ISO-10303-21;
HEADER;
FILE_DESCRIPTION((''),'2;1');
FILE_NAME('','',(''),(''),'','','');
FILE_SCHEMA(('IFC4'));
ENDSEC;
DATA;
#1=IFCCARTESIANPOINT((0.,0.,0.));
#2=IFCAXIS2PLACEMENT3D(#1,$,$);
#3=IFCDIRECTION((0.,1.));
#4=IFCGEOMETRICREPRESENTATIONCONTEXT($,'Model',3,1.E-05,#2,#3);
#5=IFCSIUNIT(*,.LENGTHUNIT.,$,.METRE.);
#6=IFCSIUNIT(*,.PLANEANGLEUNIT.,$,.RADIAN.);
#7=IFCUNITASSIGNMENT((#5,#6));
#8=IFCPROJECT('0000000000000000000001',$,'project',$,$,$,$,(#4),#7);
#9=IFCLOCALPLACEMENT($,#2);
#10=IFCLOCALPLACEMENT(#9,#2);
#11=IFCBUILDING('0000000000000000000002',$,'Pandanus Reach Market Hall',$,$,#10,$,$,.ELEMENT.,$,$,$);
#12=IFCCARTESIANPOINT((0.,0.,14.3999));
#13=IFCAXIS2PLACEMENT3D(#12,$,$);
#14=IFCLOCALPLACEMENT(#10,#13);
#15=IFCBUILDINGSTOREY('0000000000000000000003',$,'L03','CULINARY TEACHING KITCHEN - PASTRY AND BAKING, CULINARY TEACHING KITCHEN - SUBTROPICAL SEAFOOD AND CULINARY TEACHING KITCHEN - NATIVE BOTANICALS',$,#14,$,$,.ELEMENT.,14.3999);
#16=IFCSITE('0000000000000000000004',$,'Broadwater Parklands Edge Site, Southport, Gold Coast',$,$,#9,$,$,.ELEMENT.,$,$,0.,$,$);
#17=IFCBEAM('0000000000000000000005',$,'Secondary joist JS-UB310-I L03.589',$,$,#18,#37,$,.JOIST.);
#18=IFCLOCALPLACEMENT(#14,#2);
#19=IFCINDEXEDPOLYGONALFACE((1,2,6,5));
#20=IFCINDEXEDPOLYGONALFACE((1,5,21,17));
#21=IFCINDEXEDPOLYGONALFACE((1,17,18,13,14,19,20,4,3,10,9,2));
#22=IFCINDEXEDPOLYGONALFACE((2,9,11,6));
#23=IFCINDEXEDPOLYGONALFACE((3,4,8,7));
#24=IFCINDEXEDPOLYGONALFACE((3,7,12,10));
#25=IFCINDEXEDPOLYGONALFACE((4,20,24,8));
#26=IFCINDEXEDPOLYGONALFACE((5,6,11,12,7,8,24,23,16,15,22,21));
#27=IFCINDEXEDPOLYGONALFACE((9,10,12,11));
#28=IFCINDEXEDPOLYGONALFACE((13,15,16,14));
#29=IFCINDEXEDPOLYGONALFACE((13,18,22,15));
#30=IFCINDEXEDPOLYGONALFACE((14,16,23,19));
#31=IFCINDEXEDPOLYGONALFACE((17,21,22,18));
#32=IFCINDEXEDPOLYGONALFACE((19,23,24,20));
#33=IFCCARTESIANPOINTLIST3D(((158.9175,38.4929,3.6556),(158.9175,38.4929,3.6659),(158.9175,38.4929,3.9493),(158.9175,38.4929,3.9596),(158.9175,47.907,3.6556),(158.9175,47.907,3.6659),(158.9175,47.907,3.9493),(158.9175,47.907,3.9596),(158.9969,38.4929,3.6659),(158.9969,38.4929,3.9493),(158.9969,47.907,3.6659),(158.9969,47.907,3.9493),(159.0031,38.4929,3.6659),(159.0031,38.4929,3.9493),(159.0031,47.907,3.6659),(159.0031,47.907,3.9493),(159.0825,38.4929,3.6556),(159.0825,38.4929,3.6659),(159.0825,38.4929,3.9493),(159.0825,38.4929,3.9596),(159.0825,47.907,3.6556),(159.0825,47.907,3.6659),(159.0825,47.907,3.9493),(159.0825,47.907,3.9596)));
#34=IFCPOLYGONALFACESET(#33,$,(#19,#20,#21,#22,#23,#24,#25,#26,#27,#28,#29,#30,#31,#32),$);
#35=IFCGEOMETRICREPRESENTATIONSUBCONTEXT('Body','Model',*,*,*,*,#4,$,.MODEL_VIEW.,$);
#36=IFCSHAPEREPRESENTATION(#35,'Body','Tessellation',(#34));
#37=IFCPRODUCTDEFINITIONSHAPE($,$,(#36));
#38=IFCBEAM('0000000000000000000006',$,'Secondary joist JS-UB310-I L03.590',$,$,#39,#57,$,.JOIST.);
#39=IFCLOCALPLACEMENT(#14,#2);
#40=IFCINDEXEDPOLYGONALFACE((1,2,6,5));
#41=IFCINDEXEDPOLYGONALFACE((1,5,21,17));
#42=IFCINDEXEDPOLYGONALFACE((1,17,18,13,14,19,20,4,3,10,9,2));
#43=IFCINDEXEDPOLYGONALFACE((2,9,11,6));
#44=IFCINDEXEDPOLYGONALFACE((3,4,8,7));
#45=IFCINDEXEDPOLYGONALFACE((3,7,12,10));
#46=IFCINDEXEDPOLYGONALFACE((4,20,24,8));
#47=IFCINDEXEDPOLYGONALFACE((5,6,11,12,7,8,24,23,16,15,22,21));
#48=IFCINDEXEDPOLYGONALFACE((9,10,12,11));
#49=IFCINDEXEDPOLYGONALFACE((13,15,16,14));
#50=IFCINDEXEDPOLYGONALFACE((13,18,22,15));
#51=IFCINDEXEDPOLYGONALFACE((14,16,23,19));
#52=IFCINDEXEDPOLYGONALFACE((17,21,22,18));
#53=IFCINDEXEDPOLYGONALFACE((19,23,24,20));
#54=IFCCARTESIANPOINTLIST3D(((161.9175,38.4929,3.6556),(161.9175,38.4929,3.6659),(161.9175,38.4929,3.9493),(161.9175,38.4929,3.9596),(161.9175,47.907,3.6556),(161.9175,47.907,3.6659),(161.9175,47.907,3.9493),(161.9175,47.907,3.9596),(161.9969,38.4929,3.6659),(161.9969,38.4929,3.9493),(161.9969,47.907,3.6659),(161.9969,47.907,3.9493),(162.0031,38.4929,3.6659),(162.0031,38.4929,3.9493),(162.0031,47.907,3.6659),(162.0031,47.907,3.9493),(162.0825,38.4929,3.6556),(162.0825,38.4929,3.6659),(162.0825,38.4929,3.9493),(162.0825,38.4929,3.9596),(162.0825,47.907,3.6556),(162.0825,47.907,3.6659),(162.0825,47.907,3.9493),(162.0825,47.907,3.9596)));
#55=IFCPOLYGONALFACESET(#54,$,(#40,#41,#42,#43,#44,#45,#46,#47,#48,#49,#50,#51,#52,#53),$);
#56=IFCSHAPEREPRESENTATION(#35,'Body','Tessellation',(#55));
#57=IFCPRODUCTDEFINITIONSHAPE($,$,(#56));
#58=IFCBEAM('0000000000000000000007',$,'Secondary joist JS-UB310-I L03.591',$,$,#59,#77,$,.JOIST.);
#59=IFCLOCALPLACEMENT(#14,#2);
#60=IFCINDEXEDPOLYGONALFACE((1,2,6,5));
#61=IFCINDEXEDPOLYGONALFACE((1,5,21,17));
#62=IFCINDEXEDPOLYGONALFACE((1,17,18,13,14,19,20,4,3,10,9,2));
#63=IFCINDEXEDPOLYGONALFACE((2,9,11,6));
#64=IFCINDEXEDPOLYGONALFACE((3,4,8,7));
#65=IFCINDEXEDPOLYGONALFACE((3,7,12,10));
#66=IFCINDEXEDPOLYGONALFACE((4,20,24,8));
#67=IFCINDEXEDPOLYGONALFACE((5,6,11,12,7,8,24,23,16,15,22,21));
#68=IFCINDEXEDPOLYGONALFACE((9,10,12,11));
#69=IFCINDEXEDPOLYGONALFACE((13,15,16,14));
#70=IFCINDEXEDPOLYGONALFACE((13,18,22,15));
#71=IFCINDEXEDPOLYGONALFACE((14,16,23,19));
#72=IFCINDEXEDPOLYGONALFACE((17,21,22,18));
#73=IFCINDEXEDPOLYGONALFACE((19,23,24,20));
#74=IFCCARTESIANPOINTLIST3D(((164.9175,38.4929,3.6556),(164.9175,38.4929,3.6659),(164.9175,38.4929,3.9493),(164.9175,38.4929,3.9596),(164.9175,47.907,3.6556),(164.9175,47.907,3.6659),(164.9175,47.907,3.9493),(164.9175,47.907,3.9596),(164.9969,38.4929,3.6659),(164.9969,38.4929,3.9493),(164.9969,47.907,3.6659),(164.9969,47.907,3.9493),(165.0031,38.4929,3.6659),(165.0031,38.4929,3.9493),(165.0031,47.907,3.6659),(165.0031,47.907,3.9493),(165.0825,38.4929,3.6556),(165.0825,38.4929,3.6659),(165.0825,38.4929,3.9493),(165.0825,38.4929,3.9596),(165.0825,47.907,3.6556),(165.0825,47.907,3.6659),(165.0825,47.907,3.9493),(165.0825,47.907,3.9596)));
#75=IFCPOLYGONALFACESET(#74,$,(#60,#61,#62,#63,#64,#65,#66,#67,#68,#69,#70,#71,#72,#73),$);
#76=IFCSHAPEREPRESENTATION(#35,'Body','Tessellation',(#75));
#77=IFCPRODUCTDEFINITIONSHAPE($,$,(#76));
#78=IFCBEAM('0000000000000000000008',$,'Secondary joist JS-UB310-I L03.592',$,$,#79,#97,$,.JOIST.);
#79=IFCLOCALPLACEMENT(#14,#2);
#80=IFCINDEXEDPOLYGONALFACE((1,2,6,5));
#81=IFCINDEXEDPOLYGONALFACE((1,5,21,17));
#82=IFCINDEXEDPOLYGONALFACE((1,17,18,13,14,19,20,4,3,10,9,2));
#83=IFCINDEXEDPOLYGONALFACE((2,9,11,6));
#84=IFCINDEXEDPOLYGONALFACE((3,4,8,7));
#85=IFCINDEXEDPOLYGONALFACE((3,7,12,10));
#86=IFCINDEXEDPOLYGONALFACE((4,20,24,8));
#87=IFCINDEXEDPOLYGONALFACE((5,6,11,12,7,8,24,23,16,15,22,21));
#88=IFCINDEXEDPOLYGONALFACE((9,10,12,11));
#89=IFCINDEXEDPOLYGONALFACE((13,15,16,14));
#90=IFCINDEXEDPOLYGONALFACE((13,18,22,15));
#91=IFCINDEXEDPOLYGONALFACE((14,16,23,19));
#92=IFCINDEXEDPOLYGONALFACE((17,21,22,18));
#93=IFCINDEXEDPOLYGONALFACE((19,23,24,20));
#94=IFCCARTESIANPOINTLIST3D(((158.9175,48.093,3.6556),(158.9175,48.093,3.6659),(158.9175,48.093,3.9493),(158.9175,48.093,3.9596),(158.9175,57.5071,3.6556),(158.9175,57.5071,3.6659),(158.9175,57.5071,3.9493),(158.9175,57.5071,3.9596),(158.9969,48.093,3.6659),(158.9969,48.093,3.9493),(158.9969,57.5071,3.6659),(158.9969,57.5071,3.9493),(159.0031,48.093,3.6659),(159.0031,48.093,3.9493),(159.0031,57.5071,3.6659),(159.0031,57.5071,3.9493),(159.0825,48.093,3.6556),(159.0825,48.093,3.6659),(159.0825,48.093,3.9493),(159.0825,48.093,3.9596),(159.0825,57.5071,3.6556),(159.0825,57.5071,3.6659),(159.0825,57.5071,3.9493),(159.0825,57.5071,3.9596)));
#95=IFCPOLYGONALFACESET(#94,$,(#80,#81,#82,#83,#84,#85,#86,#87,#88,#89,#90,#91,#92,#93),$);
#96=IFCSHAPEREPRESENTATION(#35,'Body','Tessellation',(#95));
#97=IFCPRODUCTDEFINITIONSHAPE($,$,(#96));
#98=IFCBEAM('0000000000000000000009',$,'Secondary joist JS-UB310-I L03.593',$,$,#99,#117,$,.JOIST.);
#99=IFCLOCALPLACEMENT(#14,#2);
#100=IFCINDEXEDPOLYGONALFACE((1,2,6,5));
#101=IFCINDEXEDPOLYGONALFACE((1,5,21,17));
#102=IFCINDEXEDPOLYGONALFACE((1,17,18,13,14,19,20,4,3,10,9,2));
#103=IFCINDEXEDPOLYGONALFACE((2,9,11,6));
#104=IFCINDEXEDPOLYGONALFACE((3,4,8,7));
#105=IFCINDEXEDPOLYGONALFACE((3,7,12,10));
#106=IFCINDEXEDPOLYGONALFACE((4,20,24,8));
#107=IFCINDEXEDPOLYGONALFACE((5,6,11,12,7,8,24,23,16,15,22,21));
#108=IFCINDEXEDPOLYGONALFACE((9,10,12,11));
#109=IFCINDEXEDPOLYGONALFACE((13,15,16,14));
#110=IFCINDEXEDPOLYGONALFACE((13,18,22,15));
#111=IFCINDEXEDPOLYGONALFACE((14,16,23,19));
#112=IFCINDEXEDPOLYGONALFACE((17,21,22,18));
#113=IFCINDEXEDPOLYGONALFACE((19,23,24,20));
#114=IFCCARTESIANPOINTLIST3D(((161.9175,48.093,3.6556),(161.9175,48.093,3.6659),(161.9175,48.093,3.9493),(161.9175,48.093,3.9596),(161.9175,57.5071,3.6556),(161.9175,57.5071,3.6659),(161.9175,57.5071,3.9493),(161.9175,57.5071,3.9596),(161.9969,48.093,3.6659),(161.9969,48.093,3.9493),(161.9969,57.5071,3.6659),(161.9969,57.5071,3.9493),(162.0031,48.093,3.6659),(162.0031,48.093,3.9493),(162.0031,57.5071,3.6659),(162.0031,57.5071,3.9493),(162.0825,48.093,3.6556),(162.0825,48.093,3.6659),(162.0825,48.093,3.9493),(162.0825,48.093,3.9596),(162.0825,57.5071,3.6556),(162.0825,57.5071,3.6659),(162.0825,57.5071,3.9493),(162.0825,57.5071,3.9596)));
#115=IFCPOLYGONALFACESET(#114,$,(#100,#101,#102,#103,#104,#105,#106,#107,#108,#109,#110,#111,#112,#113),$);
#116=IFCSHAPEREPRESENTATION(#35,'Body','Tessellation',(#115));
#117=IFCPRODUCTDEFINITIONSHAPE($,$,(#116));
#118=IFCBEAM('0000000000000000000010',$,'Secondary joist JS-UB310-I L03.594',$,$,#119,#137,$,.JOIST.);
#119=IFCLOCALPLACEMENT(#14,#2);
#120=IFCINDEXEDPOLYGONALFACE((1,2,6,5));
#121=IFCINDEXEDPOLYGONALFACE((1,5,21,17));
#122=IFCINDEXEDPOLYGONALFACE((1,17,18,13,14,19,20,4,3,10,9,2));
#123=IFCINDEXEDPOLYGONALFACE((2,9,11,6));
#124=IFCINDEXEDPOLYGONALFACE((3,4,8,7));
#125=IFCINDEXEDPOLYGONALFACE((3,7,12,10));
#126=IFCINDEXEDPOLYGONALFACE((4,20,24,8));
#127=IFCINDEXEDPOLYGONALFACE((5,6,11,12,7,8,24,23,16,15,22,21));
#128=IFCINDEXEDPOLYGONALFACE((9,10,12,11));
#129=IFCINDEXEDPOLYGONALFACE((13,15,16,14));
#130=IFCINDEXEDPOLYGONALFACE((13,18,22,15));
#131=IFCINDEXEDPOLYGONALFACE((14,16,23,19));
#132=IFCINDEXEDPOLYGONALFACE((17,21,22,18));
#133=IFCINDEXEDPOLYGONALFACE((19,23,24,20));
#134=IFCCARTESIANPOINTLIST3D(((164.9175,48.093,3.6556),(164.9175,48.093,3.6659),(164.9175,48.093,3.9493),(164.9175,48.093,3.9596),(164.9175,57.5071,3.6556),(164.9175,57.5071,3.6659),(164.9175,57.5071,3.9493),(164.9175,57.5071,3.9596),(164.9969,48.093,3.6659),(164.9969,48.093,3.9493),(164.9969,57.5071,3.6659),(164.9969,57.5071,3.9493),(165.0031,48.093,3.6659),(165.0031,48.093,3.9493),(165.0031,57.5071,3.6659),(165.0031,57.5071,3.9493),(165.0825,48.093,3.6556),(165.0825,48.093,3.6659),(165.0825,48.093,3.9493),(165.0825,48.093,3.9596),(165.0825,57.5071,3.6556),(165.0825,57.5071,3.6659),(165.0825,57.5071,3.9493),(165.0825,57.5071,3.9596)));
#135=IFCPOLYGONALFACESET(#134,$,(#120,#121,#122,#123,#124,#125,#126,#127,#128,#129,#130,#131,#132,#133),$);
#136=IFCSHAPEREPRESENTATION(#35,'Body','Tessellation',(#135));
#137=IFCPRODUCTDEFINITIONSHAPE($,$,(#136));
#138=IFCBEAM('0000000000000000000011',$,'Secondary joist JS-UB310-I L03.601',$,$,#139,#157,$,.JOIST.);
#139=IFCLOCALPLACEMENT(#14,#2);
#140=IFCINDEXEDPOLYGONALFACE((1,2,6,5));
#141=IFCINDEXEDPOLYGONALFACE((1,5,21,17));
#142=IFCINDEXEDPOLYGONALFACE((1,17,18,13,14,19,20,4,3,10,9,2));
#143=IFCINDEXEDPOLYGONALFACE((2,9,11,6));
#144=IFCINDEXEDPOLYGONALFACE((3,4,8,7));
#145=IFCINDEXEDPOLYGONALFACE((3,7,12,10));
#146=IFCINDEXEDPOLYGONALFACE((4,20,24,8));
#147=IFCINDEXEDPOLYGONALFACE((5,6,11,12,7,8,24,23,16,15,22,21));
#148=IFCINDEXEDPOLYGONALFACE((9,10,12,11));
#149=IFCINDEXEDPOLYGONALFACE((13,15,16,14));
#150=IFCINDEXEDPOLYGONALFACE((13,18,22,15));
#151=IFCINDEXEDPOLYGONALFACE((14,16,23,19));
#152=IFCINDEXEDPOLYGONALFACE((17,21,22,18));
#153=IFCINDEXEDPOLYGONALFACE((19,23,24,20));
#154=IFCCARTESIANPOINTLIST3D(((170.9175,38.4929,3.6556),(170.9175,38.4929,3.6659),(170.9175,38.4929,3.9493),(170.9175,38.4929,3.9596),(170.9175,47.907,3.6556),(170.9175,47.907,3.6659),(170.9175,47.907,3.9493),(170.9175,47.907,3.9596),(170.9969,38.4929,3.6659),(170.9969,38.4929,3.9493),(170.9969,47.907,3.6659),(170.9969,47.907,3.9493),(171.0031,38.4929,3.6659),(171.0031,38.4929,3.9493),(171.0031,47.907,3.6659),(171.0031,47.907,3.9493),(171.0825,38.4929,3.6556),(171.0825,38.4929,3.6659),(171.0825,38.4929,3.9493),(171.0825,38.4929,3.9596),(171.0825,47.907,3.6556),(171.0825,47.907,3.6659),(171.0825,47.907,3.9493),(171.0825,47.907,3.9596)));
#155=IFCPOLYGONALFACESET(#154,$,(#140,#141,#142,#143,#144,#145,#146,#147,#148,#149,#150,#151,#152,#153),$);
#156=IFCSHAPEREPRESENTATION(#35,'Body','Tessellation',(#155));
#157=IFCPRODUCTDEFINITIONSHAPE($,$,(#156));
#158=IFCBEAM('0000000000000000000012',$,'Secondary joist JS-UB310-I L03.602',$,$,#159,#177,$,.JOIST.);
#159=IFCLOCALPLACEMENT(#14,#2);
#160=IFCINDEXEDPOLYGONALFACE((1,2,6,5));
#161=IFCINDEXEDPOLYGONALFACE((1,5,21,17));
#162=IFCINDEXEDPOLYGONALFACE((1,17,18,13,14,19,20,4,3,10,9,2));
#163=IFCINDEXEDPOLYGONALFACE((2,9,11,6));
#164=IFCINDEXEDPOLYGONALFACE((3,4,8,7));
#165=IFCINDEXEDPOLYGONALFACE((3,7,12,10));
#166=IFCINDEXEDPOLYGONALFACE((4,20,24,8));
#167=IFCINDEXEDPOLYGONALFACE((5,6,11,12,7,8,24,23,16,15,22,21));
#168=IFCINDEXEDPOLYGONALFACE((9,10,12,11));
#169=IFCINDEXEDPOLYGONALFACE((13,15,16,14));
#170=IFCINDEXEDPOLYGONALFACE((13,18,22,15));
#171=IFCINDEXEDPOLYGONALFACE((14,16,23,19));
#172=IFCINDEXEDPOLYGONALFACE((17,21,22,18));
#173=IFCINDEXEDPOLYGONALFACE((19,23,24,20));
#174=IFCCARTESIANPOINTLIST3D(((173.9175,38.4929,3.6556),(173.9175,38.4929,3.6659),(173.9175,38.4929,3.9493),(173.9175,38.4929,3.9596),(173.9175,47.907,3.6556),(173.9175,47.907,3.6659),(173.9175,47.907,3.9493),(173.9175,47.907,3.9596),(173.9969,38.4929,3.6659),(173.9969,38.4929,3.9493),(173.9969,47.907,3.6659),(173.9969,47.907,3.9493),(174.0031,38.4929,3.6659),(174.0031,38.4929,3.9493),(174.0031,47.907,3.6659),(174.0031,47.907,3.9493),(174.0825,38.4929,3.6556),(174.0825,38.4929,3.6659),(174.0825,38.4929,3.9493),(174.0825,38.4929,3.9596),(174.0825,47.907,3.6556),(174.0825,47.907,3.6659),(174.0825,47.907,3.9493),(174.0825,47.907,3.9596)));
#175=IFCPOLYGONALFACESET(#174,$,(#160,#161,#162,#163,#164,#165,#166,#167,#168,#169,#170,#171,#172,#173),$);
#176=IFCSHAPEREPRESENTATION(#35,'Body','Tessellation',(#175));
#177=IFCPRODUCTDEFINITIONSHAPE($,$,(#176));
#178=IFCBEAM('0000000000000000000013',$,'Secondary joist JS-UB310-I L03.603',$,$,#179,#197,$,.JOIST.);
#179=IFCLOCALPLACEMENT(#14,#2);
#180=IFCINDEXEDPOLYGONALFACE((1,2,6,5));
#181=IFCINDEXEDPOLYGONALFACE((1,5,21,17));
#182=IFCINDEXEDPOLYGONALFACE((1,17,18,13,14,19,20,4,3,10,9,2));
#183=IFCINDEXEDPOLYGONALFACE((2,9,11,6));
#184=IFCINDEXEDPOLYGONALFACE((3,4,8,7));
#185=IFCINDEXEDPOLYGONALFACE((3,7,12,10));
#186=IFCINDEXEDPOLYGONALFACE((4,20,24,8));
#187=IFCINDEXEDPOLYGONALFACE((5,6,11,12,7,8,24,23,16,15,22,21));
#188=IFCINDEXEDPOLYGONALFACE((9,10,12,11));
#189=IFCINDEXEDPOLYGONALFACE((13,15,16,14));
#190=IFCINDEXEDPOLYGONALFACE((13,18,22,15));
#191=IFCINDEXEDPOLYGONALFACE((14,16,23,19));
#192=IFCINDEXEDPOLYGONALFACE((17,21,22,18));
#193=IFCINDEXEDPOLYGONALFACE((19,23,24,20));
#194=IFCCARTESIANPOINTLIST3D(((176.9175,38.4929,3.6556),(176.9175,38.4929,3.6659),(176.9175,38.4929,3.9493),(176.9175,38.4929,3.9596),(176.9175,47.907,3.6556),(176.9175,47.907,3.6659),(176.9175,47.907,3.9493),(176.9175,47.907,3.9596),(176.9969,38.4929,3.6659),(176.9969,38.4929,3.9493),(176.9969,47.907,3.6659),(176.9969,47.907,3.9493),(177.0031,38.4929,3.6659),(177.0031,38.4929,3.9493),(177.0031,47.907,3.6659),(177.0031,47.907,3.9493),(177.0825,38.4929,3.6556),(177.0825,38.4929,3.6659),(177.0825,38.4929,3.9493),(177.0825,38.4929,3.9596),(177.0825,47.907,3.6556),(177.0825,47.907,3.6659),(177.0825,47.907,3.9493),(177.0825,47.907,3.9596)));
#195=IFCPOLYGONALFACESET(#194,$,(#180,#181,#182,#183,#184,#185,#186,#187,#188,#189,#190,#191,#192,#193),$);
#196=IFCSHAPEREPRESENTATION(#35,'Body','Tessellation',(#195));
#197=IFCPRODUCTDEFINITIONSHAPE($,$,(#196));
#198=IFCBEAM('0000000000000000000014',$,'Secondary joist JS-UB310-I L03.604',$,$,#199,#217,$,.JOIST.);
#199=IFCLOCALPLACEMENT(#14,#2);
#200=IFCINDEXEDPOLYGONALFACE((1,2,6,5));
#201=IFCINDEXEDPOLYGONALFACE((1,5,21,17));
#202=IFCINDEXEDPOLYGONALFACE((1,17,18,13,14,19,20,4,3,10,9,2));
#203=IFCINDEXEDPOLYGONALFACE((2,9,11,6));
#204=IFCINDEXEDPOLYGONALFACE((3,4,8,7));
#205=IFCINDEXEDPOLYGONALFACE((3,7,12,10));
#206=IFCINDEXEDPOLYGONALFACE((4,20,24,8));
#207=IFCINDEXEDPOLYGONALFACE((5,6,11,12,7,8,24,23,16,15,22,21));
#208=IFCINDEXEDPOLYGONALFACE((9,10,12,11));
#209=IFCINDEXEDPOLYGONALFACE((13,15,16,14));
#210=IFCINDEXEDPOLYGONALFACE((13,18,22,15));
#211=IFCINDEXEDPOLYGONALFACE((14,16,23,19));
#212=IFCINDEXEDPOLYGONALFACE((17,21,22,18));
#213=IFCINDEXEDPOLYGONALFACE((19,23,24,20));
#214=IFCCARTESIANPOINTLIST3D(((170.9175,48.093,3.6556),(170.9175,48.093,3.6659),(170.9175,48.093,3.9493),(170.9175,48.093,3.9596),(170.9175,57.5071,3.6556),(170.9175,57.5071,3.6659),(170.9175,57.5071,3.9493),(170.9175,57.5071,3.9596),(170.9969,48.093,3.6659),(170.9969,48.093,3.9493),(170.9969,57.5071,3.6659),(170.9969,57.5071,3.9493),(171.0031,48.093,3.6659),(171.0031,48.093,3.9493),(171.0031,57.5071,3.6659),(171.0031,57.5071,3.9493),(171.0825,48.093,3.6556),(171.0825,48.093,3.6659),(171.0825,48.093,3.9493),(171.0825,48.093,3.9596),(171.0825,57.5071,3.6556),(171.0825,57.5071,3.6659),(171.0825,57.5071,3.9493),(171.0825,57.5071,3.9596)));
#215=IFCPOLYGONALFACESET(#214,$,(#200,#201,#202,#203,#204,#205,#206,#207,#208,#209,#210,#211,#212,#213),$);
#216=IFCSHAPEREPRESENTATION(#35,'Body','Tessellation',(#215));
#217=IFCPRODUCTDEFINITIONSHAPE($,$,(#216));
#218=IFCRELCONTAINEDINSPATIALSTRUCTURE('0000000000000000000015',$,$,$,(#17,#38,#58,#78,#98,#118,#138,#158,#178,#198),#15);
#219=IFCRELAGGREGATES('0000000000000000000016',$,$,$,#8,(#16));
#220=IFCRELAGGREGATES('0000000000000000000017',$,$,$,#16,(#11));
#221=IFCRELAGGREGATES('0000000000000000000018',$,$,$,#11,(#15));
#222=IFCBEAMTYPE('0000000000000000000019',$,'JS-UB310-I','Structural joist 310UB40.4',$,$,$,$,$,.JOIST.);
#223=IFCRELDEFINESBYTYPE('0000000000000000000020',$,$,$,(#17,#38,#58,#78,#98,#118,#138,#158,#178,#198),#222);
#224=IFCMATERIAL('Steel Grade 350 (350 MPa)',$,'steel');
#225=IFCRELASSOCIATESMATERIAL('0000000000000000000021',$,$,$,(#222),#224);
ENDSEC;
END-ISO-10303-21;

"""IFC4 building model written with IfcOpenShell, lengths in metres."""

from ifc_helpers import new_model, si_unit, direction, frame, origin, origin_2d, place, context, subcontext, project, spatial, i_section, extrude, material, material_profile, profile_set, type_object, element, save


model = new_model("IFC4")

# Units and contexts
model_context = context("Model", 3, precision=1e-05, world=origin(), true_north=direction((0.0, 1.0)))
body_context = subcontext(model_context, "Body", "Model", "MODEL_VIEW")
ifc_project = project(units=[si_unit("LENGTHUNIT", "METRE"), si_unit("PLANEANGLEUNIT", "RADIAN")], contexts=[model_context])

# Site, building, storey
site_placement = place(None, origin())
site = spatial("IfcSite", under=ifc_project, at=site_placement, Name="Broadwater Parklands Edge Site, Southport, Gold Coast", CompositionType="ELEMENT", RefElevation=0.0)
building_placement = place(site_placement, origin())
building = spatial("IfcBuilding", under=site, at=building_placement, Name="Pandanus Reach Market Hall", CompositionType="ELEMENT")
storey_placement = place(building_placement, frame((0.0, 0.0, 14.3999)))
storey = spatial("IfcBuildingStorey", under=building, at=storey_placement, Name="L03", Description="CULINARY TEACHING KITCHEN - PASTRY AND BAKING, CULINARY TEACHING KITCHEN - SUBTROPICAL SEAFOOD AND CULINARY TEACHING KITCHEN - NATIVE BOTANICALS", CompositionType="ELEMENT", Elevation=14.3999)

# Beams
ifc_material_1 = material(Name="Steel Grade 350 (350 MPa)", Category="steel")
ifc_material_profile_1 = material_profile(ifc_material_1, i_section(OverallWidth=0.165, OverallDepth=0.304, WebThickness=0.0061, FlangeThickness=0.0103, at=origin_2d()), Name="310UB40.4", Category="LoadBearing")
ifc_profile_set_1 = profile_set([ifc_material_profile_1], Name="Steel Grade 350 (350 MPa)")
beam_type_1 = type_object("IfcBeamType", Name="JS-UB310-I", Description="Structural joist 310UB40.4", PredefinedType="JOIST", material=ifc_profile_set_1)
for number, where, z_axis, x_axis, name in (
    (1, (159.0, 38.4929, 3.8076), (0.0, 1.0, 0.0), (-1.0, 0.0, 0.0), "Secondary joist JS-UB310-I L03.589"),
    (2, (162.0, 38.4929, 3.8076), (0.0, 1.0, 0.0), (-1.0, 0.0, 0.0), "Secondary joist JS-UB310-I L03.590"),
    (3, (165.0, 38.4929, 3.8076), (0.0, 1.0, 0.0), (-1.0, 0.0, 0.0), "Secondary joist JS-UB310-I L03.591"),
    (4, (159.0, 48.093, 3.8076), (0.0, 1.0, 0.0), (-1.0, 0.0, 0.0), "Secondary joist JS-UB310-I L03.592"),
    (5, (162.0, 48.093, 3.8076), (0.0, 1.0, 0.0), (-1.0, 0.0, 0.0), "Secondary joist JS-UB310-I L03.593"),
    (6, (165.0, 48.093, 3.8076), (0.0, 1.0, 0.0), (-1.0, 0.0, 0.0), "Secondary joist JS-UB310-I L03.594"),
    (7, (171.0, 38.4929, 3.8076), (0.0, 1.0, 0.0), (-1.0, 0.0, 0.0), "Secondary joist JS-UB310-I L03.601"),
    (8, (174.0, 38.4929, 3.8076), (0.0, 1.0, 0.0), (-1.0, 0.0, 0.0), "Secondary joist JS-UB310-I L03.602"),
    (9, (177.0, 38.4929, 3.8076), (0.0, 1.0, 0.0), (-1.0, 0.0, 0.0), "Secondary joist JS-UB310-I L03.603"),
    (10, (171.0, 48.093, 3.8076), (0.0, 1.0, 0.0), (-1.0, 0.0, 0.0), "Secondary joist JS-UB310-I L03.604"),
):
    element("IfcBeam", number, at=place(storey_placement, frame(where, z_axis=z_axis, x_axis=x_axis)), inside=storey, type_object=beam_type_1, Name=name, PredefinedType="JOIST", context=body_context, shape_type="SweptSolid", body=[
        extrude(i_section(OverallWidth=0.165, OverallDepth=0.304, WebThickness=0.0061, FlangeThickness=0.0103, at=origin_2d()), origin(), (0.0, 0.0, 1.0), 9.4141),
    ])

save(model, "model.ifc")
